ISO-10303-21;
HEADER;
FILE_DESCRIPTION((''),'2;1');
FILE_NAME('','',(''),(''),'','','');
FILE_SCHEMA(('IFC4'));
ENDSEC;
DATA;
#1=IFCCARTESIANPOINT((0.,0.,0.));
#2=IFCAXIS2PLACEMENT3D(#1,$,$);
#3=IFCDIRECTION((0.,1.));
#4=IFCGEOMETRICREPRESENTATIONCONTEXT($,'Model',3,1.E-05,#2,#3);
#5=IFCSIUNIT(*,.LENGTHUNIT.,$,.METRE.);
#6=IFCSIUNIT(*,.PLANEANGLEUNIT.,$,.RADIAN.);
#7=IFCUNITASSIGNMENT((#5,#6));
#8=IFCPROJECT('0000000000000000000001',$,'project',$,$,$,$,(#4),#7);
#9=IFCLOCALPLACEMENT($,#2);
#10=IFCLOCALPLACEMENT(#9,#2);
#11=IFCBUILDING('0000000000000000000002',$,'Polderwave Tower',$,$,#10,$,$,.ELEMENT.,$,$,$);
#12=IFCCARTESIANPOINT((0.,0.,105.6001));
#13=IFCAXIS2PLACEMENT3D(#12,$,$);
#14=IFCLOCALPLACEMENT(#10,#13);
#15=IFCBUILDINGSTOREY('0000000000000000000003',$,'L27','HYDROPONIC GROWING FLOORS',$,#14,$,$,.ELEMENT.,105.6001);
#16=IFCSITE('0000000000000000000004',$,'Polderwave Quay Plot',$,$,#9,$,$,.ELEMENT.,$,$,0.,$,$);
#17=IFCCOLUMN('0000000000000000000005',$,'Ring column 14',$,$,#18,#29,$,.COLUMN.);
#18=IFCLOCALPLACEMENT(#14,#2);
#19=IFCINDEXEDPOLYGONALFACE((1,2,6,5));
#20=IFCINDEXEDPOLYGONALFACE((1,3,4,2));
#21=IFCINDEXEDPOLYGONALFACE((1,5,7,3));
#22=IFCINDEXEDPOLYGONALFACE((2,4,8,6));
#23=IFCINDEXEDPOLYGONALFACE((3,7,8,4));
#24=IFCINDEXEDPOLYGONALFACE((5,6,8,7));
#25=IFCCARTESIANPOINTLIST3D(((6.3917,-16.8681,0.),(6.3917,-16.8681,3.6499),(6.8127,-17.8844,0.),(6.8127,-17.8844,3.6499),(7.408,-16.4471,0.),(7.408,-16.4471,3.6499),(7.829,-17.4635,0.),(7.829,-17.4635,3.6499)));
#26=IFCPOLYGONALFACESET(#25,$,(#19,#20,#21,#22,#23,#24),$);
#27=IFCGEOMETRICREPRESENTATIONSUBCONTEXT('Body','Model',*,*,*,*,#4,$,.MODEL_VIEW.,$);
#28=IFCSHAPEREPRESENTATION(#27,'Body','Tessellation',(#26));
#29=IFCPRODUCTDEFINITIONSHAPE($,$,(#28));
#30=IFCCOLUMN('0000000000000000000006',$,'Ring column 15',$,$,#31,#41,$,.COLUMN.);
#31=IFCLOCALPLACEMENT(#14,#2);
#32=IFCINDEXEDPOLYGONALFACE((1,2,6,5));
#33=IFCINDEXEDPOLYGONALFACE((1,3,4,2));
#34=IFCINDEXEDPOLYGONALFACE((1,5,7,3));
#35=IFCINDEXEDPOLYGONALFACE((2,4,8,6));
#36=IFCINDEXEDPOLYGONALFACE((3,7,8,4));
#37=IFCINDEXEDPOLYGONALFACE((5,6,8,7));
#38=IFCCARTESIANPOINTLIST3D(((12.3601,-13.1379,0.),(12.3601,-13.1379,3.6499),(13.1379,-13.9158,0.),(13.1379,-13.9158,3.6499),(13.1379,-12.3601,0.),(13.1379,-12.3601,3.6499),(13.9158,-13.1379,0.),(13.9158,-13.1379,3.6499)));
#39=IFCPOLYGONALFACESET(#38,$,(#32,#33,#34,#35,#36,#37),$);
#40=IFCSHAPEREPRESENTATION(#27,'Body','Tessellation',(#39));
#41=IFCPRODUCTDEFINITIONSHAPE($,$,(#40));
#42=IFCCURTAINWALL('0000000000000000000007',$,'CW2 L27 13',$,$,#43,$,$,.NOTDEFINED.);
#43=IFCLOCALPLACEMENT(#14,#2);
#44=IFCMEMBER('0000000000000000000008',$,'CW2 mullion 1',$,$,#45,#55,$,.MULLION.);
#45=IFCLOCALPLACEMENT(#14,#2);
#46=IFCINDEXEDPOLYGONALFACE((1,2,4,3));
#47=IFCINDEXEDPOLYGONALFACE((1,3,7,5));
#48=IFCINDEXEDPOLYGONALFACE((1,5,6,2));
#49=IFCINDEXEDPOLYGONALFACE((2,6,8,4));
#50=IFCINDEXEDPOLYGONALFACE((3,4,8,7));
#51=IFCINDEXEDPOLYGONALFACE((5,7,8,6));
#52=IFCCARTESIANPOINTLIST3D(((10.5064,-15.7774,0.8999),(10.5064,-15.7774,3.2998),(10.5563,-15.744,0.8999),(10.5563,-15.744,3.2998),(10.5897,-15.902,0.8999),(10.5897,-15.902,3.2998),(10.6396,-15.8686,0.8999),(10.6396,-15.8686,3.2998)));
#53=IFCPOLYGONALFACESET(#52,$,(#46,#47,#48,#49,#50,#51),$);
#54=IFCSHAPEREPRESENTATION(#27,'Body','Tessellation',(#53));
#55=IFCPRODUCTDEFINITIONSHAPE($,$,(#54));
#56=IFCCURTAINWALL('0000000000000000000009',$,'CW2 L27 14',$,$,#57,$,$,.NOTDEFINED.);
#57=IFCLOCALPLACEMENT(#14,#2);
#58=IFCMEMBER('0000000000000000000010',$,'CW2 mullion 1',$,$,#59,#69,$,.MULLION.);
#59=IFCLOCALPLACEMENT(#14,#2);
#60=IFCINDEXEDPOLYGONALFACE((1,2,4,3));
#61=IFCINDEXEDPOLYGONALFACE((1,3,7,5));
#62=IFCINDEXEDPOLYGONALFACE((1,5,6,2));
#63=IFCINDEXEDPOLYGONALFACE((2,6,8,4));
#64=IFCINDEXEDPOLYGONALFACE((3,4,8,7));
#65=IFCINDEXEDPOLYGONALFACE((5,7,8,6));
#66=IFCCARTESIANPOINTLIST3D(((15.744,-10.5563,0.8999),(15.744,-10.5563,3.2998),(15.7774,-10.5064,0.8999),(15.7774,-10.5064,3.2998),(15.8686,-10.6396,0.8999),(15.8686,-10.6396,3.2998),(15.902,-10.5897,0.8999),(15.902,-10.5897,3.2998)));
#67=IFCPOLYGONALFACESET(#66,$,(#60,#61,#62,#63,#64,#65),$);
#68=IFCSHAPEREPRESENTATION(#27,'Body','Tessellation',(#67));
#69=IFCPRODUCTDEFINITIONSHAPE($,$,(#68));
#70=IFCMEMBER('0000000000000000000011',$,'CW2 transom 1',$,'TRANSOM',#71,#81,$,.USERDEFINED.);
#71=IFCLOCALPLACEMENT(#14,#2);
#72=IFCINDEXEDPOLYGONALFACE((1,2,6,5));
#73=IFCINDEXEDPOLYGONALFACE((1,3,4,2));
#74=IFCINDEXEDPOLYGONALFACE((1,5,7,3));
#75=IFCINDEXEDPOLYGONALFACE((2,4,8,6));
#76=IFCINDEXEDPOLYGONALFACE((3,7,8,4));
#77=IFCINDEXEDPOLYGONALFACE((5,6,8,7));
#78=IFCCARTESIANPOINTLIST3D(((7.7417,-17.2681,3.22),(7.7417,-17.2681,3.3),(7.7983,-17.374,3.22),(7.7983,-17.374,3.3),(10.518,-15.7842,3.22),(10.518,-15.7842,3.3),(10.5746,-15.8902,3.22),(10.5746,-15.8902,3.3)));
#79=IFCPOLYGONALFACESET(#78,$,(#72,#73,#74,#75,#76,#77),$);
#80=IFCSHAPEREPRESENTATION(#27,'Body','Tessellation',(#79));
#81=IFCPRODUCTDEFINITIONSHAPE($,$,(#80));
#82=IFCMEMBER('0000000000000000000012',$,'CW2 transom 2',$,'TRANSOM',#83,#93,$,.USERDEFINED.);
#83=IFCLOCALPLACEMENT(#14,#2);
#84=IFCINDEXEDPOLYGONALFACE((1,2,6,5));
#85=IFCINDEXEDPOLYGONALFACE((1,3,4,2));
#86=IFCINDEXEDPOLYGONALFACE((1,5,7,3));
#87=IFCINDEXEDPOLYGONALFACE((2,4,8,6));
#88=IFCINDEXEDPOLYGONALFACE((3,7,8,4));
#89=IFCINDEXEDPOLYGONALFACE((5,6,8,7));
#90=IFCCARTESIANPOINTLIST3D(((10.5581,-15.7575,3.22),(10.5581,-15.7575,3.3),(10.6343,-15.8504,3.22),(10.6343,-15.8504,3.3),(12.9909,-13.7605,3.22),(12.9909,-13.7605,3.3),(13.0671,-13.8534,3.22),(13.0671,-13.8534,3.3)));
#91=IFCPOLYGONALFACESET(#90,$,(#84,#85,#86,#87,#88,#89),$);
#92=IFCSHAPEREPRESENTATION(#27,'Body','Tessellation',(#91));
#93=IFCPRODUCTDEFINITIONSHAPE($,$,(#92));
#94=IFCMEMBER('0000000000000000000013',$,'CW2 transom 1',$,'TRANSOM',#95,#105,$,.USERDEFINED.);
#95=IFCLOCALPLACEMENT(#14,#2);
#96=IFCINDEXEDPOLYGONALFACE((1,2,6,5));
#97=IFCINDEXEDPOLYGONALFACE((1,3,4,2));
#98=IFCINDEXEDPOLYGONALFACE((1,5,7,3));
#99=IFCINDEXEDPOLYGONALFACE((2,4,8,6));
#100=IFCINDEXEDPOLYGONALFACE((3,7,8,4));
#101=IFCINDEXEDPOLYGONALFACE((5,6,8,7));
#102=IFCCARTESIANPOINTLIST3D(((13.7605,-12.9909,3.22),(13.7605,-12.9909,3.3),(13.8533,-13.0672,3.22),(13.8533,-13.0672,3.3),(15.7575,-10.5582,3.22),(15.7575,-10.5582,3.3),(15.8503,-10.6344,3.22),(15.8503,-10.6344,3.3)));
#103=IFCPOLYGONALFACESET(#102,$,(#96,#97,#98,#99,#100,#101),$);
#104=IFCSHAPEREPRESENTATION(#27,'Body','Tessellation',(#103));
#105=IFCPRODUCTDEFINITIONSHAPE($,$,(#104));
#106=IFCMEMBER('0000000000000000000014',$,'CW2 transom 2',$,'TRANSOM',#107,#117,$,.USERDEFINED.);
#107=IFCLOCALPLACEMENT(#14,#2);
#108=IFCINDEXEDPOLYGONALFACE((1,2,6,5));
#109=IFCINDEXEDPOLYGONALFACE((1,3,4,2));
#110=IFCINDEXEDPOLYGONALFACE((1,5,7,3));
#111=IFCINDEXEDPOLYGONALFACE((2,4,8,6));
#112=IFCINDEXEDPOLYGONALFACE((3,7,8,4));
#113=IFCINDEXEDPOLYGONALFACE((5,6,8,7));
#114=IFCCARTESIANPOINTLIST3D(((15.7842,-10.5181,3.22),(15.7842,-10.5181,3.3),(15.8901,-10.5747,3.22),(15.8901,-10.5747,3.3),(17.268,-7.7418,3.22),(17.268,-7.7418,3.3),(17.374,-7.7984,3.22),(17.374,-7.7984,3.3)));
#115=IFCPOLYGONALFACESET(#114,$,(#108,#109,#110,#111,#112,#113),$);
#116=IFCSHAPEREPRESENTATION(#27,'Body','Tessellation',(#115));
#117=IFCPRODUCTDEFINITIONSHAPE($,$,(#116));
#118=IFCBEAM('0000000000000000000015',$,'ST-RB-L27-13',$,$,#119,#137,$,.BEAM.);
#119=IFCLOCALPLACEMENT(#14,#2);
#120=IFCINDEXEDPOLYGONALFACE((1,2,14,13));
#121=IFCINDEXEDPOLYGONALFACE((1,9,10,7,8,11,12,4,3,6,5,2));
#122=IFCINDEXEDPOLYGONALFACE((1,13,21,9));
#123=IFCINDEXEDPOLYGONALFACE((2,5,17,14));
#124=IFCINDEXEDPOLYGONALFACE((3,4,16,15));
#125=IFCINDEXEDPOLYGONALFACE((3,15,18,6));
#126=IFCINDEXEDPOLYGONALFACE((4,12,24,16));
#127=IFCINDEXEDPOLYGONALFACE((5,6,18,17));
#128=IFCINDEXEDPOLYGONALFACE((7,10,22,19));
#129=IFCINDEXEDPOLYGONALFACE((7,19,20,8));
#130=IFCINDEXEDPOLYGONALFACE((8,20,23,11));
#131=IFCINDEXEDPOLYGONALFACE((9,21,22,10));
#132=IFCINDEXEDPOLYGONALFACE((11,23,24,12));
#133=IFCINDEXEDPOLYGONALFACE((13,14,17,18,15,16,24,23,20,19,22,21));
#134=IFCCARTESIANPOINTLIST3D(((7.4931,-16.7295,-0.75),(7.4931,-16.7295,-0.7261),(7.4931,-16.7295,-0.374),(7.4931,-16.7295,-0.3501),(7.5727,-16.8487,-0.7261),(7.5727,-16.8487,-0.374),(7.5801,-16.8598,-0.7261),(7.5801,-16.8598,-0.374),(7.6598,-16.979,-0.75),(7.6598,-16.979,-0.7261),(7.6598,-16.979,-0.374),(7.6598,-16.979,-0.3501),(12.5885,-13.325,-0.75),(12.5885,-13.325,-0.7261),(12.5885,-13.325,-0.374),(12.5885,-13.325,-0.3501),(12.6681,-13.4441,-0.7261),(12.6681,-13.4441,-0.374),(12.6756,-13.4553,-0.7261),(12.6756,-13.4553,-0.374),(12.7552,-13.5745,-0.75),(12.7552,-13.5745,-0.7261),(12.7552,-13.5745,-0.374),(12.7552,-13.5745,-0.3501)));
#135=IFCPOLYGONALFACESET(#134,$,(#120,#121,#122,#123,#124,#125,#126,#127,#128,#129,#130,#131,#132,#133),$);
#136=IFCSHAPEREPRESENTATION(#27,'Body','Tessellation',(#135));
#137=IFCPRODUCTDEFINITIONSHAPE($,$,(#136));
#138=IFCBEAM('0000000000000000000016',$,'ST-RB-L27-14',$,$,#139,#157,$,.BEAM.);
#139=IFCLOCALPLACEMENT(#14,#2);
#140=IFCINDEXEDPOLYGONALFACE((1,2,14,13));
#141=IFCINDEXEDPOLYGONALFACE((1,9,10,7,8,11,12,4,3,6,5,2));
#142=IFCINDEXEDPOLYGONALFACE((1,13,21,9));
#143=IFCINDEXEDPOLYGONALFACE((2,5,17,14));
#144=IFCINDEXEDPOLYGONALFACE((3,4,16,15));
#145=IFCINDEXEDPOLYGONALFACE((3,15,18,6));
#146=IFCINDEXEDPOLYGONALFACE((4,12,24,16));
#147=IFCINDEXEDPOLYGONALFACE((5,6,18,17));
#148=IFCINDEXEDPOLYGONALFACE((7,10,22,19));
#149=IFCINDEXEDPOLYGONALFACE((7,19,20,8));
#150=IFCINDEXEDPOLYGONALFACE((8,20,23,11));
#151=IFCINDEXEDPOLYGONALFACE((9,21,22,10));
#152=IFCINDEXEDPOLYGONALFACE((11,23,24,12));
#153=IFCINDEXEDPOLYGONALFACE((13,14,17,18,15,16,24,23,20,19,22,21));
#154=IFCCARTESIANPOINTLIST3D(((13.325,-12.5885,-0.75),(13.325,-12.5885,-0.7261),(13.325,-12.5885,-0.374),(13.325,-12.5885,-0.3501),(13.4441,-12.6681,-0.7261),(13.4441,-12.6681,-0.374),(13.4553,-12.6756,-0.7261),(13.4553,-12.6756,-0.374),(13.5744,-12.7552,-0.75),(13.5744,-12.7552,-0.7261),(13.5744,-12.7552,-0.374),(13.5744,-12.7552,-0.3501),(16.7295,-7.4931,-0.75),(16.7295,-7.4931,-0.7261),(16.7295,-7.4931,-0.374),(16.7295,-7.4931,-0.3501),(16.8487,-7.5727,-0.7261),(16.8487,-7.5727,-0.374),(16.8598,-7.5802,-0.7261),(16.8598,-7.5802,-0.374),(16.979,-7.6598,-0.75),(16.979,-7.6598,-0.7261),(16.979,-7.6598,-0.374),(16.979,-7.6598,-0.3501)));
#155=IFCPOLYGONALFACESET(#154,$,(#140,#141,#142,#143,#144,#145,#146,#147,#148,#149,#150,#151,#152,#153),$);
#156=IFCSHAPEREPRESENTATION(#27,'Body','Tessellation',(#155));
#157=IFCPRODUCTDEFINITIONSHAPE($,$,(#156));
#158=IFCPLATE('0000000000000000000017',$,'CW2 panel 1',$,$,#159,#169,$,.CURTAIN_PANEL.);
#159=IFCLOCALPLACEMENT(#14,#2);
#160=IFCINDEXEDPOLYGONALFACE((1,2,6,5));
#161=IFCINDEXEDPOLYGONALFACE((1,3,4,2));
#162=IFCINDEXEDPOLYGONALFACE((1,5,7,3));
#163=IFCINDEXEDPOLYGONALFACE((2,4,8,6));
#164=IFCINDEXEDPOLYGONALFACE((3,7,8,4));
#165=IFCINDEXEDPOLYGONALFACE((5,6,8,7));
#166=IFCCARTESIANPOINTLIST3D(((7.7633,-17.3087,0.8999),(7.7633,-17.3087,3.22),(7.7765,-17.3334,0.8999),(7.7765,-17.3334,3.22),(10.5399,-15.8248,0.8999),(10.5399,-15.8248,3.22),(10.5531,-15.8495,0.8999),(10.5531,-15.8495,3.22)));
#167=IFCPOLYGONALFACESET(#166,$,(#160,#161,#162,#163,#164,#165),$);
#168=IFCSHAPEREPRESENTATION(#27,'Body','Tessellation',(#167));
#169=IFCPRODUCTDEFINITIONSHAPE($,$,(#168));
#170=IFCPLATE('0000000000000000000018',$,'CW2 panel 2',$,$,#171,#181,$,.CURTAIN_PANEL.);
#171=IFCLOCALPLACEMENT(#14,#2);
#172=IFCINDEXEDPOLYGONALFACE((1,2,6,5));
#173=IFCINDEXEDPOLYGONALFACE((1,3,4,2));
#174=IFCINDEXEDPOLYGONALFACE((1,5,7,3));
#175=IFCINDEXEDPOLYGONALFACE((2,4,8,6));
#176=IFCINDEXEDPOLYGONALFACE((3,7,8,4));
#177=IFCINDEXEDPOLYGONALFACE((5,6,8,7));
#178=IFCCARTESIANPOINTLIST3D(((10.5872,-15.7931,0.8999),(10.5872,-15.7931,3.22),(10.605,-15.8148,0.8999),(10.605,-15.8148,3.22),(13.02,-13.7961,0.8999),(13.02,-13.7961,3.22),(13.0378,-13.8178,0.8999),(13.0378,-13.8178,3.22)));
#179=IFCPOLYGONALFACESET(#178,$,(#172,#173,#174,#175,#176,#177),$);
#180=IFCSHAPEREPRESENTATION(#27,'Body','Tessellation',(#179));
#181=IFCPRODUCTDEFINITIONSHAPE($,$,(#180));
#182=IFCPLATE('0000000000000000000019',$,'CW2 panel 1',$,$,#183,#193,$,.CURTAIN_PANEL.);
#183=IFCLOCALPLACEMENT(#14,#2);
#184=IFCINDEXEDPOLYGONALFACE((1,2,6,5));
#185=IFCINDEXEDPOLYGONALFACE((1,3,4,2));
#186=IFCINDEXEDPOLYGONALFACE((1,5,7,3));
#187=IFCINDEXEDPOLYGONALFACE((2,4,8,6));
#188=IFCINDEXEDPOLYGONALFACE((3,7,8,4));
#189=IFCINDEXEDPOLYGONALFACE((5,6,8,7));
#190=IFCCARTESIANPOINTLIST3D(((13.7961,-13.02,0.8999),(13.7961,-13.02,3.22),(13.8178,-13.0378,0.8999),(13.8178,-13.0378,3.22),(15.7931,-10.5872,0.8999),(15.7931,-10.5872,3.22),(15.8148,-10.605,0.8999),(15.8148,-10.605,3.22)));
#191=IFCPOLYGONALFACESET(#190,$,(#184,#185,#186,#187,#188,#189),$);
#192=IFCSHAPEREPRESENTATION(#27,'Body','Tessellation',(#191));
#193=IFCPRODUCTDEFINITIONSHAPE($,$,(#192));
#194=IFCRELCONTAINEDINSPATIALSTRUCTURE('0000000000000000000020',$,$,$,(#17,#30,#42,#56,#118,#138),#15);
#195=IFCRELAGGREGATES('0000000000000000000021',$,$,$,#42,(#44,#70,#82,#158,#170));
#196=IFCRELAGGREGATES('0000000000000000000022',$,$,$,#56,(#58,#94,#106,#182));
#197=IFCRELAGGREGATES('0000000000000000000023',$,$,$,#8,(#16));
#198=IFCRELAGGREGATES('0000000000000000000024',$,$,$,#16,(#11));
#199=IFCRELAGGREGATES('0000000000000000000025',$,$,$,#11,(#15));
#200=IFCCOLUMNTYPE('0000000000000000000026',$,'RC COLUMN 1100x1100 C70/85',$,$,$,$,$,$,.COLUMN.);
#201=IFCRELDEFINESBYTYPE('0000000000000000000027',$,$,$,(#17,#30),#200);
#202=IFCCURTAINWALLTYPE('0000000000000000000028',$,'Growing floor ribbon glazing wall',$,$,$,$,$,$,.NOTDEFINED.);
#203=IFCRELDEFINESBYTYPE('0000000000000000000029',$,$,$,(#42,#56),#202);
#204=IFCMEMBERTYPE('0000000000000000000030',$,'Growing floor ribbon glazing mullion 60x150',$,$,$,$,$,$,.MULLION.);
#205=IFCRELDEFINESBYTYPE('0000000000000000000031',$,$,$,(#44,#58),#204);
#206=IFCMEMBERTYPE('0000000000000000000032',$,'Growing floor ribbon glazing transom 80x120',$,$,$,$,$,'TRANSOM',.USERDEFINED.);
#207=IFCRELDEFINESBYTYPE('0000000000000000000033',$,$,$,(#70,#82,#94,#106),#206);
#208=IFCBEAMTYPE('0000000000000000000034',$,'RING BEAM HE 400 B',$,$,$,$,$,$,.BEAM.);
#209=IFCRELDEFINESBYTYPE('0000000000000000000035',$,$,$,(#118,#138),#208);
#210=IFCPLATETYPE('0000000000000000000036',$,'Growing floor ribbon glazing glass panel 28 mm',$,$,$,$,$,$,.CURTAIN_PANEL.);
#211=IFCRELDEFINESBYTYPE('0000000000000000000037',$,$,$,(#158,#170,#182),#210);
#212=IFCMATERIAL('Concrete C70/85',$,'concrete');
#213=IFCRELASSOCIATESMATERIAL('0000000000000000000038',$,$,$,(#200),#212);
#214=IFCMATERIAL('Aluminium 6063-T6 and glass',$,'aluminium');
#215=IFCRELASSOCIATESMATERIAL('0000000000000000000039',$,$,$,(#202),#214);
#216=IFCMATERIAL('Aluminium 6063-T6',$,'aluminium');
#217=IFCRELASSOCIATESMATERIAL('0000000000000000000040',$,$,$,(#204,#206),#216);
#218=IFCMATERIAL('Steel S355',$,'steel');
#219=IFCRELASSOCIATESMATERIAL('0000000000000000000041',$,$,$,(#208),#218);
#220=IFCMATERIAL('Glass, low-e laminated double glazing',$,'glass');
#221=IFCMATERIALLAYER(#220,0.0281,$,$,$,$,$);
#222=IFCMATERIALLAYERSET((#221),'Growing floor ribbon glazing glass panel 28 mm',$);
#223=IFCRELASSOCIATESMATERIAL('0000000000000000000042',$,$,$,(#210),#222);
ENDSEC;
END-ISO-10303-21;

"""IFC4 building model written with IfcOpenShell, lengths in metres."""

from ifc_helpers import new_model, si_unit, direction, frame, origin, origin_2d, place, context, subcontext, project, spatial, rectangle, i_section, extrude, material, layer, layer_set, material_profile, profile_set, type_object, element, aggregate, save


model = new_model("IFC4")

# Units and contexts
model_context = context("Model", 3, precision=1e-05, world=origin(), true_north=direction((0.0, 1.0)))
body_context = subcontext(model_context, "Body", "Model", "MODEL_VIEW")
ifc_project = project(units=[si_unit("LENGTHUNIT", "METRE"), si_unit("PLANEANGLEUNIT", "RADIAN")], contexts=[model_context])

# Site, building, storey
site_placement = place(None, origin())
site = spatial("IfcSite", under=ifc_project, at=site_placement, Name="Polderwave Quay Plot", CompositionType="ELEMENT", RefElevation=0.0)
building_placement = place(site_placement, origin())
building = spatial("IfcBuilding", under=site, at=building_placement, Name="Polderwave Tower", CompositionType="ELEMENT")
storey_placement = place(building_placement, frame((0.0, 0.0, 105.6001)))
storey = spatial("IfcBuildingStorey", under=building, at=storey_placement, Name="L27", Description="HYDROPONIC GROWING FLOORS", CompositionType="ELEMENT", Elevation=105.6001)

# Columns
ifc_material_1 = material(Name="Concrete C70/85", Category="concrete")
ifc_material_profile_1 = material_profile(ifc_material_1, rectangle(XDim=1.1001, YDim=1.1001, at=origin_2d()), Name="RC 1100x1100")
ifc_profile_set_1 = profile_set([ifc_material_profile_1], Name="Concrete C70/85")
column_type = type_object("IfcColumnType", Name="RC COLUMN 1100x1100 C70/85", PredefinedType="COLUMN", material=ifc_profile_set_1)
for number, where, z_axis, x_axis, name in (
    (1, (7.1104, -17.1658, 0.0), (0.0, 0.0, 1.0), (0.382683, -0.92388, 0.0), "Ring column 14"),
    (2, (13.1379, -13.1379, 0.0), (0.0, 0.0, 1.0), (0.707107, -0.707107, 0.0), "Ring column 15"),
):
    element("IfcColumn", number, at=place(storey_placement, frame(where, z_axis=z_axis, x_axis=x_axis)), inside=storey, type_object=column_type, Name=name, PredefinedType="COLUMN", context=body_context, shape_type="SweptSolid", body=[
        extrude(rectangle(XDim=1.1001, YDim=1.1001, at=origin_2d()), origin(), (0.0, 0.0, 1.0), 3.6499),
    ])

# Curtain walls, members
ifc_material_2 = material(Name="Aluminium 6063-T6 and glass", Category="aluminium")
curtain_wall_type = type_object("IfcCurtainWallType", Name="Growing floor ribbon glazing wall", PredefinedType="NOTDEFINED", material=ifc_material_2)
curtain_wall_1_placement = place(storey_placement, origin())
curtain_wall_1 = element("IfcCurtainWall", 3, at=curtain_wall_1_placement, inside=storey, type_object=curtain_wall_type, Name="CW2 L27 13", PredefinedType="NOTDEFINED")
ifc_material_3 = material(Name="Aluminium 6063-T6", Category="aluminium")
ifc_material_profile_2 = material_profile(ifc_material_3, rectangle(XDim=0.1499, YDim=0.0601, at=origin_2d()), Name="AL 60x150")
ifc_profile_set_2 = profile_set([ifc_material_profile_2], Name="Aluminium 6063-T6")
member_type_1 = type_object("IfcMemberType", Name="Growing floor ribbon glazing mullion 60x150", PredefinedType="MULLION", material=ifc_profile_set_2)
member_1_placement = place(storey_placement, frame((10.573, -15.823, 0.8999), z_axis=(0.0, 0.0, 1.0), x_axis=(-0.555585, 0.83146, 0.0)))
member_1 = element("IfcMember", 4, at=member_1_placement, type_object=member_type_1, Name="CW2 mullion 1", PredefinedType="MULLION", context=body_context, shape_type="SweptSolid", body=[
    extrude(rectangle(XDim=0.1499, YDim=0.0601, at=origin_2d()), origin(), (0.0, 0.0, 1.0), 2.3999),
])
curtain_wall_2_placement = place(storey_placement, origin())
curtain_wall_2 = element("IfcCurtainWall", 5, at=curtain_wall_2_placement, inside=storey, type_object=curtain_wall_type, Name="CW2 L27 14", PredefinedType="NOTDEFINED")
member_2_placement = place(storey_placement, frame((15.823, -10.573, 0.8999), z_axis=(0.0, 0.0, 1.0), x_axis=(-0.83146, 0.555585, 0.0)))
member_2 = element("IfcMember", 6, at=member_2_placement, type_object=member_type_1, Name="CW2 mullion 1", PredefinedType="MULLION", context=body_context, shape_type="SweptSolid", body=[
    extrude(rectangle(XDim=0.1499, YDim=0.0601, at=origin_2d()), origin(), (0.0, 0.0, 1.0), 2.3999),
])

# Members
ifc_material_profile_3 = material_profile(ifc_material_3, rectangle(XDim=0.1201, YDim=0.0801, at=origin_2d()), Name="AL 80x120")
ifc_profile_set_3 = profile_set([ifc_material_profile_3], Name="Aluminium 6063-T6")
member_type_2 = type_object("IfcMemberType", Name="Growing floor ribbon glazing transom 80x120", ElementType="TRANSOM", PredefinedType="USERDEFINED", material=ifc_profile_set_3)
member_3_placement = place(storey_placement, frame((7.77, -17.321, 3.26), z_axis=(0.881936, 0.471369, 0.0), x_axis=(-0.471369, 0.881936, 0.0)))
member_3 = element("IfcMember", 7, at=member_3_placement, type_object=member_type_2, Name="CW2 transom 1", ObjectType="TRANSOM", PredefinedType="USERDEFINED", context=body_context, shape_type="SweptSolid", body=[
    extrude(rectangle(XDim=0.1201, YDim=0.0801, at=origin_2d()), origin(), (0.0, 0.0, 1.0), 3.1479),
])
member_4_placement = place(storey_placement, frame((10.5962, -15.804, 3.26), z_axis=(0.772937, 0.634483, 0.0), x_axis=(-0.634483, 0.772937, 0.0)))
member_4 = element("IfcMember", 8, at=member_4_placement, type_object=member_type_2, Name="CW2 transom 2", ObjectType="TRANSOM", PredefinedType="USERDEFINED", context=body_context, shape_type="SweptSolid", body=[
    extrude(rectangle(XDim=0.1201, YDim=0.0801, at=origin_2d()), origin(), (0.0, 0.0, 1.0), 3.1475),
])
member_5_placement = place(storey_placement, frame((13.8069, -13.0291, 3.26), z_axis=(0.634483, 0.772937, 0.0), x_axis=(-0.772937, 0.634483, 0.0)))
member_5 = element("IfcMember", 9, at=member_5_placement, type_object=member_type_2, Name="CW2 transom 1", ObjectType="TRANSOM", PredefinedType="USERDEFINED", context=body_context, shape_type="SweptSolid", body=[
    extrude(rectangle(XDim=0.1201, YDim=0.0801, at=origin_2d()), origin(), (0.0, 0.0, 1.0), 3.1475),
])
member_6_placement = place(storey_placement, frame((15.8372, -10.5464, 3.26), z_axis=(0.471369, 0.881936, 0.0), x_axis=(-0.881936, 0.471369, 0.0)))
member_6 = element("IfcMember", 10, at=member_6_placement, type_object=member_type_2, Name="CW2 transom 2", ObjectType="TRANSOM", PredefinedType="USERDEFINED", context=body_context, shape_type="SweptSolid", body=[
    extrude(rectangle(XDim=0.1201, YDim=0.0801, at=origin_2d()), origin(), (0.0, 0.0, 1.0), 3.1479),
])

# Beams
ifc_material_4 = material(Name="Steel S355", Category="steel")
ifc_material_profile_4 = material_profile(ifc_material_4, i_section(OverallWidth=0.3, OverallDepth=0.3999, WebThickness=0.0134, FlangeThickness=0.0239, at=origin_2d()), Name="HE 400 B")
ifc_profile_set_4 = profile_set([ifc_material_profile_4], Name="Steel S355")
beam_type = type_object("IfcBeamType", Name="RING BEAM HE 400 B", PredefinedType="BEAM", material=ifc_profile_set_4)
for number, where, z_axis, x_axis, name in (
    (11, (7.5764, -16.8542, -0.55), (0.83148, 0.555555, 0.0), (-0.555555, 0.83148, 0.0), "ST-RB-L27-13"),
    (12, (13.4497, -12.6719, -0.55), (0.555555, 0.83148, 0.0), (-0.83148, 0.555555, 0.0), "ST-RB-L27-14"),
):
    element("IfcBeam", number, at=place(storey_placement, frame(where, z_axis=z_axis, x_axis=x_axis)), inside=storey, type_object=beam_type, Name=name, PredefinedType="BEAM", context=body_context, shape_type="SweptSolid", body=[
        extrude(i_section(OverallWidth=0.3, OverallDepth=0.3999, WebThickness=0.0134, FlangeThickness=0.0239, at=origin_2d()), origin(), (0.0, 0.0, 1.0), 6.1282),
    ])

# Plates
ifc_material_5 = material(Name="Glass, low-e laminated double glazing", Category="glass")
ifc_layer_1 = layer(ifc_material_5, 0.0281)
ifc_layer_set_1 = layer_set([ifc_layer_1], Name="Growing floor ribbon glazing glass panel 28 mm")
plate_type = type_object("IfcPlateType", Name="Growing floor ribbon glazing glass panel 28 mm", PredefinedType="CURTAIN_PANEL", material=ifc_layer_set_1)
plate_1_placement = place(storey_placement, frame((9.1582, -16.5791, 0.8999), z_axis=(0.0, 0.0, 1.0), x_axis=(0.881952, 0.47134, 0.0)))
plate_1 = element("IfcPlate", 13, at=plate_1_placement, type_object=plate_type, Name="CW2 panel 1", PredefinedType="CURTAIN_PANEL", context=body_context, shape_type="SweptSolid", body=[
    extrude(rectangle(XDim=3.1482, YDim=0.0281, at=origin_2d()), origin(), (0.0, 0.0, 1.0), 2.3201),
])
plate_2_placement = place(storey_placement, frame((11.8125, -14.8054, 0.8999), z_axis=(0.0, 0.0, 1.0), x_axis=(0.772946, 0.634472, 0.0)))
plate_2 = element("IfcPlate", 14, at=plate_2_placement, type_object=plate_type, Name="CW2 panel 2", PredefinedType="CURTAIN_PANEL", context=body_context, shape_type="SweptSolid", body=[
    extrude(rectangle(XDim=3.1475, YDim=0.0281, at=origin_2d()), origin(), (0.0, 0.0, 1.0), 2.3201),
])
aggregate(curtain_wall_1, [member_1, member_3, member_4, plate_1, plate_2])
plate_3_placement = place(storey_placement, frame((14.8054, -11.8125, 0.8999), z_axis=(0.0, 0.0, 1.0), x_axis=(0.634472, 0.772946, 0.0)))
plate_3 = element("IfcPlate", 15, at=plate_3_placement, type_object=plate_type, Name="CW2 panel 1", PredefinedType="CURTAIN_PANEL", context=body_context, shape_type="SweptSolid", body=[
    extrude(rectangle(XDim=3.1475, YDim=0.0281, at=origin_2d()), origin(), (0.0, 0.0, 1.0), 2.3201),
])
aggregate(curtain_wall_2, [member_2, member_5, member_6, plate_3])

save(model, "model.ifc")
